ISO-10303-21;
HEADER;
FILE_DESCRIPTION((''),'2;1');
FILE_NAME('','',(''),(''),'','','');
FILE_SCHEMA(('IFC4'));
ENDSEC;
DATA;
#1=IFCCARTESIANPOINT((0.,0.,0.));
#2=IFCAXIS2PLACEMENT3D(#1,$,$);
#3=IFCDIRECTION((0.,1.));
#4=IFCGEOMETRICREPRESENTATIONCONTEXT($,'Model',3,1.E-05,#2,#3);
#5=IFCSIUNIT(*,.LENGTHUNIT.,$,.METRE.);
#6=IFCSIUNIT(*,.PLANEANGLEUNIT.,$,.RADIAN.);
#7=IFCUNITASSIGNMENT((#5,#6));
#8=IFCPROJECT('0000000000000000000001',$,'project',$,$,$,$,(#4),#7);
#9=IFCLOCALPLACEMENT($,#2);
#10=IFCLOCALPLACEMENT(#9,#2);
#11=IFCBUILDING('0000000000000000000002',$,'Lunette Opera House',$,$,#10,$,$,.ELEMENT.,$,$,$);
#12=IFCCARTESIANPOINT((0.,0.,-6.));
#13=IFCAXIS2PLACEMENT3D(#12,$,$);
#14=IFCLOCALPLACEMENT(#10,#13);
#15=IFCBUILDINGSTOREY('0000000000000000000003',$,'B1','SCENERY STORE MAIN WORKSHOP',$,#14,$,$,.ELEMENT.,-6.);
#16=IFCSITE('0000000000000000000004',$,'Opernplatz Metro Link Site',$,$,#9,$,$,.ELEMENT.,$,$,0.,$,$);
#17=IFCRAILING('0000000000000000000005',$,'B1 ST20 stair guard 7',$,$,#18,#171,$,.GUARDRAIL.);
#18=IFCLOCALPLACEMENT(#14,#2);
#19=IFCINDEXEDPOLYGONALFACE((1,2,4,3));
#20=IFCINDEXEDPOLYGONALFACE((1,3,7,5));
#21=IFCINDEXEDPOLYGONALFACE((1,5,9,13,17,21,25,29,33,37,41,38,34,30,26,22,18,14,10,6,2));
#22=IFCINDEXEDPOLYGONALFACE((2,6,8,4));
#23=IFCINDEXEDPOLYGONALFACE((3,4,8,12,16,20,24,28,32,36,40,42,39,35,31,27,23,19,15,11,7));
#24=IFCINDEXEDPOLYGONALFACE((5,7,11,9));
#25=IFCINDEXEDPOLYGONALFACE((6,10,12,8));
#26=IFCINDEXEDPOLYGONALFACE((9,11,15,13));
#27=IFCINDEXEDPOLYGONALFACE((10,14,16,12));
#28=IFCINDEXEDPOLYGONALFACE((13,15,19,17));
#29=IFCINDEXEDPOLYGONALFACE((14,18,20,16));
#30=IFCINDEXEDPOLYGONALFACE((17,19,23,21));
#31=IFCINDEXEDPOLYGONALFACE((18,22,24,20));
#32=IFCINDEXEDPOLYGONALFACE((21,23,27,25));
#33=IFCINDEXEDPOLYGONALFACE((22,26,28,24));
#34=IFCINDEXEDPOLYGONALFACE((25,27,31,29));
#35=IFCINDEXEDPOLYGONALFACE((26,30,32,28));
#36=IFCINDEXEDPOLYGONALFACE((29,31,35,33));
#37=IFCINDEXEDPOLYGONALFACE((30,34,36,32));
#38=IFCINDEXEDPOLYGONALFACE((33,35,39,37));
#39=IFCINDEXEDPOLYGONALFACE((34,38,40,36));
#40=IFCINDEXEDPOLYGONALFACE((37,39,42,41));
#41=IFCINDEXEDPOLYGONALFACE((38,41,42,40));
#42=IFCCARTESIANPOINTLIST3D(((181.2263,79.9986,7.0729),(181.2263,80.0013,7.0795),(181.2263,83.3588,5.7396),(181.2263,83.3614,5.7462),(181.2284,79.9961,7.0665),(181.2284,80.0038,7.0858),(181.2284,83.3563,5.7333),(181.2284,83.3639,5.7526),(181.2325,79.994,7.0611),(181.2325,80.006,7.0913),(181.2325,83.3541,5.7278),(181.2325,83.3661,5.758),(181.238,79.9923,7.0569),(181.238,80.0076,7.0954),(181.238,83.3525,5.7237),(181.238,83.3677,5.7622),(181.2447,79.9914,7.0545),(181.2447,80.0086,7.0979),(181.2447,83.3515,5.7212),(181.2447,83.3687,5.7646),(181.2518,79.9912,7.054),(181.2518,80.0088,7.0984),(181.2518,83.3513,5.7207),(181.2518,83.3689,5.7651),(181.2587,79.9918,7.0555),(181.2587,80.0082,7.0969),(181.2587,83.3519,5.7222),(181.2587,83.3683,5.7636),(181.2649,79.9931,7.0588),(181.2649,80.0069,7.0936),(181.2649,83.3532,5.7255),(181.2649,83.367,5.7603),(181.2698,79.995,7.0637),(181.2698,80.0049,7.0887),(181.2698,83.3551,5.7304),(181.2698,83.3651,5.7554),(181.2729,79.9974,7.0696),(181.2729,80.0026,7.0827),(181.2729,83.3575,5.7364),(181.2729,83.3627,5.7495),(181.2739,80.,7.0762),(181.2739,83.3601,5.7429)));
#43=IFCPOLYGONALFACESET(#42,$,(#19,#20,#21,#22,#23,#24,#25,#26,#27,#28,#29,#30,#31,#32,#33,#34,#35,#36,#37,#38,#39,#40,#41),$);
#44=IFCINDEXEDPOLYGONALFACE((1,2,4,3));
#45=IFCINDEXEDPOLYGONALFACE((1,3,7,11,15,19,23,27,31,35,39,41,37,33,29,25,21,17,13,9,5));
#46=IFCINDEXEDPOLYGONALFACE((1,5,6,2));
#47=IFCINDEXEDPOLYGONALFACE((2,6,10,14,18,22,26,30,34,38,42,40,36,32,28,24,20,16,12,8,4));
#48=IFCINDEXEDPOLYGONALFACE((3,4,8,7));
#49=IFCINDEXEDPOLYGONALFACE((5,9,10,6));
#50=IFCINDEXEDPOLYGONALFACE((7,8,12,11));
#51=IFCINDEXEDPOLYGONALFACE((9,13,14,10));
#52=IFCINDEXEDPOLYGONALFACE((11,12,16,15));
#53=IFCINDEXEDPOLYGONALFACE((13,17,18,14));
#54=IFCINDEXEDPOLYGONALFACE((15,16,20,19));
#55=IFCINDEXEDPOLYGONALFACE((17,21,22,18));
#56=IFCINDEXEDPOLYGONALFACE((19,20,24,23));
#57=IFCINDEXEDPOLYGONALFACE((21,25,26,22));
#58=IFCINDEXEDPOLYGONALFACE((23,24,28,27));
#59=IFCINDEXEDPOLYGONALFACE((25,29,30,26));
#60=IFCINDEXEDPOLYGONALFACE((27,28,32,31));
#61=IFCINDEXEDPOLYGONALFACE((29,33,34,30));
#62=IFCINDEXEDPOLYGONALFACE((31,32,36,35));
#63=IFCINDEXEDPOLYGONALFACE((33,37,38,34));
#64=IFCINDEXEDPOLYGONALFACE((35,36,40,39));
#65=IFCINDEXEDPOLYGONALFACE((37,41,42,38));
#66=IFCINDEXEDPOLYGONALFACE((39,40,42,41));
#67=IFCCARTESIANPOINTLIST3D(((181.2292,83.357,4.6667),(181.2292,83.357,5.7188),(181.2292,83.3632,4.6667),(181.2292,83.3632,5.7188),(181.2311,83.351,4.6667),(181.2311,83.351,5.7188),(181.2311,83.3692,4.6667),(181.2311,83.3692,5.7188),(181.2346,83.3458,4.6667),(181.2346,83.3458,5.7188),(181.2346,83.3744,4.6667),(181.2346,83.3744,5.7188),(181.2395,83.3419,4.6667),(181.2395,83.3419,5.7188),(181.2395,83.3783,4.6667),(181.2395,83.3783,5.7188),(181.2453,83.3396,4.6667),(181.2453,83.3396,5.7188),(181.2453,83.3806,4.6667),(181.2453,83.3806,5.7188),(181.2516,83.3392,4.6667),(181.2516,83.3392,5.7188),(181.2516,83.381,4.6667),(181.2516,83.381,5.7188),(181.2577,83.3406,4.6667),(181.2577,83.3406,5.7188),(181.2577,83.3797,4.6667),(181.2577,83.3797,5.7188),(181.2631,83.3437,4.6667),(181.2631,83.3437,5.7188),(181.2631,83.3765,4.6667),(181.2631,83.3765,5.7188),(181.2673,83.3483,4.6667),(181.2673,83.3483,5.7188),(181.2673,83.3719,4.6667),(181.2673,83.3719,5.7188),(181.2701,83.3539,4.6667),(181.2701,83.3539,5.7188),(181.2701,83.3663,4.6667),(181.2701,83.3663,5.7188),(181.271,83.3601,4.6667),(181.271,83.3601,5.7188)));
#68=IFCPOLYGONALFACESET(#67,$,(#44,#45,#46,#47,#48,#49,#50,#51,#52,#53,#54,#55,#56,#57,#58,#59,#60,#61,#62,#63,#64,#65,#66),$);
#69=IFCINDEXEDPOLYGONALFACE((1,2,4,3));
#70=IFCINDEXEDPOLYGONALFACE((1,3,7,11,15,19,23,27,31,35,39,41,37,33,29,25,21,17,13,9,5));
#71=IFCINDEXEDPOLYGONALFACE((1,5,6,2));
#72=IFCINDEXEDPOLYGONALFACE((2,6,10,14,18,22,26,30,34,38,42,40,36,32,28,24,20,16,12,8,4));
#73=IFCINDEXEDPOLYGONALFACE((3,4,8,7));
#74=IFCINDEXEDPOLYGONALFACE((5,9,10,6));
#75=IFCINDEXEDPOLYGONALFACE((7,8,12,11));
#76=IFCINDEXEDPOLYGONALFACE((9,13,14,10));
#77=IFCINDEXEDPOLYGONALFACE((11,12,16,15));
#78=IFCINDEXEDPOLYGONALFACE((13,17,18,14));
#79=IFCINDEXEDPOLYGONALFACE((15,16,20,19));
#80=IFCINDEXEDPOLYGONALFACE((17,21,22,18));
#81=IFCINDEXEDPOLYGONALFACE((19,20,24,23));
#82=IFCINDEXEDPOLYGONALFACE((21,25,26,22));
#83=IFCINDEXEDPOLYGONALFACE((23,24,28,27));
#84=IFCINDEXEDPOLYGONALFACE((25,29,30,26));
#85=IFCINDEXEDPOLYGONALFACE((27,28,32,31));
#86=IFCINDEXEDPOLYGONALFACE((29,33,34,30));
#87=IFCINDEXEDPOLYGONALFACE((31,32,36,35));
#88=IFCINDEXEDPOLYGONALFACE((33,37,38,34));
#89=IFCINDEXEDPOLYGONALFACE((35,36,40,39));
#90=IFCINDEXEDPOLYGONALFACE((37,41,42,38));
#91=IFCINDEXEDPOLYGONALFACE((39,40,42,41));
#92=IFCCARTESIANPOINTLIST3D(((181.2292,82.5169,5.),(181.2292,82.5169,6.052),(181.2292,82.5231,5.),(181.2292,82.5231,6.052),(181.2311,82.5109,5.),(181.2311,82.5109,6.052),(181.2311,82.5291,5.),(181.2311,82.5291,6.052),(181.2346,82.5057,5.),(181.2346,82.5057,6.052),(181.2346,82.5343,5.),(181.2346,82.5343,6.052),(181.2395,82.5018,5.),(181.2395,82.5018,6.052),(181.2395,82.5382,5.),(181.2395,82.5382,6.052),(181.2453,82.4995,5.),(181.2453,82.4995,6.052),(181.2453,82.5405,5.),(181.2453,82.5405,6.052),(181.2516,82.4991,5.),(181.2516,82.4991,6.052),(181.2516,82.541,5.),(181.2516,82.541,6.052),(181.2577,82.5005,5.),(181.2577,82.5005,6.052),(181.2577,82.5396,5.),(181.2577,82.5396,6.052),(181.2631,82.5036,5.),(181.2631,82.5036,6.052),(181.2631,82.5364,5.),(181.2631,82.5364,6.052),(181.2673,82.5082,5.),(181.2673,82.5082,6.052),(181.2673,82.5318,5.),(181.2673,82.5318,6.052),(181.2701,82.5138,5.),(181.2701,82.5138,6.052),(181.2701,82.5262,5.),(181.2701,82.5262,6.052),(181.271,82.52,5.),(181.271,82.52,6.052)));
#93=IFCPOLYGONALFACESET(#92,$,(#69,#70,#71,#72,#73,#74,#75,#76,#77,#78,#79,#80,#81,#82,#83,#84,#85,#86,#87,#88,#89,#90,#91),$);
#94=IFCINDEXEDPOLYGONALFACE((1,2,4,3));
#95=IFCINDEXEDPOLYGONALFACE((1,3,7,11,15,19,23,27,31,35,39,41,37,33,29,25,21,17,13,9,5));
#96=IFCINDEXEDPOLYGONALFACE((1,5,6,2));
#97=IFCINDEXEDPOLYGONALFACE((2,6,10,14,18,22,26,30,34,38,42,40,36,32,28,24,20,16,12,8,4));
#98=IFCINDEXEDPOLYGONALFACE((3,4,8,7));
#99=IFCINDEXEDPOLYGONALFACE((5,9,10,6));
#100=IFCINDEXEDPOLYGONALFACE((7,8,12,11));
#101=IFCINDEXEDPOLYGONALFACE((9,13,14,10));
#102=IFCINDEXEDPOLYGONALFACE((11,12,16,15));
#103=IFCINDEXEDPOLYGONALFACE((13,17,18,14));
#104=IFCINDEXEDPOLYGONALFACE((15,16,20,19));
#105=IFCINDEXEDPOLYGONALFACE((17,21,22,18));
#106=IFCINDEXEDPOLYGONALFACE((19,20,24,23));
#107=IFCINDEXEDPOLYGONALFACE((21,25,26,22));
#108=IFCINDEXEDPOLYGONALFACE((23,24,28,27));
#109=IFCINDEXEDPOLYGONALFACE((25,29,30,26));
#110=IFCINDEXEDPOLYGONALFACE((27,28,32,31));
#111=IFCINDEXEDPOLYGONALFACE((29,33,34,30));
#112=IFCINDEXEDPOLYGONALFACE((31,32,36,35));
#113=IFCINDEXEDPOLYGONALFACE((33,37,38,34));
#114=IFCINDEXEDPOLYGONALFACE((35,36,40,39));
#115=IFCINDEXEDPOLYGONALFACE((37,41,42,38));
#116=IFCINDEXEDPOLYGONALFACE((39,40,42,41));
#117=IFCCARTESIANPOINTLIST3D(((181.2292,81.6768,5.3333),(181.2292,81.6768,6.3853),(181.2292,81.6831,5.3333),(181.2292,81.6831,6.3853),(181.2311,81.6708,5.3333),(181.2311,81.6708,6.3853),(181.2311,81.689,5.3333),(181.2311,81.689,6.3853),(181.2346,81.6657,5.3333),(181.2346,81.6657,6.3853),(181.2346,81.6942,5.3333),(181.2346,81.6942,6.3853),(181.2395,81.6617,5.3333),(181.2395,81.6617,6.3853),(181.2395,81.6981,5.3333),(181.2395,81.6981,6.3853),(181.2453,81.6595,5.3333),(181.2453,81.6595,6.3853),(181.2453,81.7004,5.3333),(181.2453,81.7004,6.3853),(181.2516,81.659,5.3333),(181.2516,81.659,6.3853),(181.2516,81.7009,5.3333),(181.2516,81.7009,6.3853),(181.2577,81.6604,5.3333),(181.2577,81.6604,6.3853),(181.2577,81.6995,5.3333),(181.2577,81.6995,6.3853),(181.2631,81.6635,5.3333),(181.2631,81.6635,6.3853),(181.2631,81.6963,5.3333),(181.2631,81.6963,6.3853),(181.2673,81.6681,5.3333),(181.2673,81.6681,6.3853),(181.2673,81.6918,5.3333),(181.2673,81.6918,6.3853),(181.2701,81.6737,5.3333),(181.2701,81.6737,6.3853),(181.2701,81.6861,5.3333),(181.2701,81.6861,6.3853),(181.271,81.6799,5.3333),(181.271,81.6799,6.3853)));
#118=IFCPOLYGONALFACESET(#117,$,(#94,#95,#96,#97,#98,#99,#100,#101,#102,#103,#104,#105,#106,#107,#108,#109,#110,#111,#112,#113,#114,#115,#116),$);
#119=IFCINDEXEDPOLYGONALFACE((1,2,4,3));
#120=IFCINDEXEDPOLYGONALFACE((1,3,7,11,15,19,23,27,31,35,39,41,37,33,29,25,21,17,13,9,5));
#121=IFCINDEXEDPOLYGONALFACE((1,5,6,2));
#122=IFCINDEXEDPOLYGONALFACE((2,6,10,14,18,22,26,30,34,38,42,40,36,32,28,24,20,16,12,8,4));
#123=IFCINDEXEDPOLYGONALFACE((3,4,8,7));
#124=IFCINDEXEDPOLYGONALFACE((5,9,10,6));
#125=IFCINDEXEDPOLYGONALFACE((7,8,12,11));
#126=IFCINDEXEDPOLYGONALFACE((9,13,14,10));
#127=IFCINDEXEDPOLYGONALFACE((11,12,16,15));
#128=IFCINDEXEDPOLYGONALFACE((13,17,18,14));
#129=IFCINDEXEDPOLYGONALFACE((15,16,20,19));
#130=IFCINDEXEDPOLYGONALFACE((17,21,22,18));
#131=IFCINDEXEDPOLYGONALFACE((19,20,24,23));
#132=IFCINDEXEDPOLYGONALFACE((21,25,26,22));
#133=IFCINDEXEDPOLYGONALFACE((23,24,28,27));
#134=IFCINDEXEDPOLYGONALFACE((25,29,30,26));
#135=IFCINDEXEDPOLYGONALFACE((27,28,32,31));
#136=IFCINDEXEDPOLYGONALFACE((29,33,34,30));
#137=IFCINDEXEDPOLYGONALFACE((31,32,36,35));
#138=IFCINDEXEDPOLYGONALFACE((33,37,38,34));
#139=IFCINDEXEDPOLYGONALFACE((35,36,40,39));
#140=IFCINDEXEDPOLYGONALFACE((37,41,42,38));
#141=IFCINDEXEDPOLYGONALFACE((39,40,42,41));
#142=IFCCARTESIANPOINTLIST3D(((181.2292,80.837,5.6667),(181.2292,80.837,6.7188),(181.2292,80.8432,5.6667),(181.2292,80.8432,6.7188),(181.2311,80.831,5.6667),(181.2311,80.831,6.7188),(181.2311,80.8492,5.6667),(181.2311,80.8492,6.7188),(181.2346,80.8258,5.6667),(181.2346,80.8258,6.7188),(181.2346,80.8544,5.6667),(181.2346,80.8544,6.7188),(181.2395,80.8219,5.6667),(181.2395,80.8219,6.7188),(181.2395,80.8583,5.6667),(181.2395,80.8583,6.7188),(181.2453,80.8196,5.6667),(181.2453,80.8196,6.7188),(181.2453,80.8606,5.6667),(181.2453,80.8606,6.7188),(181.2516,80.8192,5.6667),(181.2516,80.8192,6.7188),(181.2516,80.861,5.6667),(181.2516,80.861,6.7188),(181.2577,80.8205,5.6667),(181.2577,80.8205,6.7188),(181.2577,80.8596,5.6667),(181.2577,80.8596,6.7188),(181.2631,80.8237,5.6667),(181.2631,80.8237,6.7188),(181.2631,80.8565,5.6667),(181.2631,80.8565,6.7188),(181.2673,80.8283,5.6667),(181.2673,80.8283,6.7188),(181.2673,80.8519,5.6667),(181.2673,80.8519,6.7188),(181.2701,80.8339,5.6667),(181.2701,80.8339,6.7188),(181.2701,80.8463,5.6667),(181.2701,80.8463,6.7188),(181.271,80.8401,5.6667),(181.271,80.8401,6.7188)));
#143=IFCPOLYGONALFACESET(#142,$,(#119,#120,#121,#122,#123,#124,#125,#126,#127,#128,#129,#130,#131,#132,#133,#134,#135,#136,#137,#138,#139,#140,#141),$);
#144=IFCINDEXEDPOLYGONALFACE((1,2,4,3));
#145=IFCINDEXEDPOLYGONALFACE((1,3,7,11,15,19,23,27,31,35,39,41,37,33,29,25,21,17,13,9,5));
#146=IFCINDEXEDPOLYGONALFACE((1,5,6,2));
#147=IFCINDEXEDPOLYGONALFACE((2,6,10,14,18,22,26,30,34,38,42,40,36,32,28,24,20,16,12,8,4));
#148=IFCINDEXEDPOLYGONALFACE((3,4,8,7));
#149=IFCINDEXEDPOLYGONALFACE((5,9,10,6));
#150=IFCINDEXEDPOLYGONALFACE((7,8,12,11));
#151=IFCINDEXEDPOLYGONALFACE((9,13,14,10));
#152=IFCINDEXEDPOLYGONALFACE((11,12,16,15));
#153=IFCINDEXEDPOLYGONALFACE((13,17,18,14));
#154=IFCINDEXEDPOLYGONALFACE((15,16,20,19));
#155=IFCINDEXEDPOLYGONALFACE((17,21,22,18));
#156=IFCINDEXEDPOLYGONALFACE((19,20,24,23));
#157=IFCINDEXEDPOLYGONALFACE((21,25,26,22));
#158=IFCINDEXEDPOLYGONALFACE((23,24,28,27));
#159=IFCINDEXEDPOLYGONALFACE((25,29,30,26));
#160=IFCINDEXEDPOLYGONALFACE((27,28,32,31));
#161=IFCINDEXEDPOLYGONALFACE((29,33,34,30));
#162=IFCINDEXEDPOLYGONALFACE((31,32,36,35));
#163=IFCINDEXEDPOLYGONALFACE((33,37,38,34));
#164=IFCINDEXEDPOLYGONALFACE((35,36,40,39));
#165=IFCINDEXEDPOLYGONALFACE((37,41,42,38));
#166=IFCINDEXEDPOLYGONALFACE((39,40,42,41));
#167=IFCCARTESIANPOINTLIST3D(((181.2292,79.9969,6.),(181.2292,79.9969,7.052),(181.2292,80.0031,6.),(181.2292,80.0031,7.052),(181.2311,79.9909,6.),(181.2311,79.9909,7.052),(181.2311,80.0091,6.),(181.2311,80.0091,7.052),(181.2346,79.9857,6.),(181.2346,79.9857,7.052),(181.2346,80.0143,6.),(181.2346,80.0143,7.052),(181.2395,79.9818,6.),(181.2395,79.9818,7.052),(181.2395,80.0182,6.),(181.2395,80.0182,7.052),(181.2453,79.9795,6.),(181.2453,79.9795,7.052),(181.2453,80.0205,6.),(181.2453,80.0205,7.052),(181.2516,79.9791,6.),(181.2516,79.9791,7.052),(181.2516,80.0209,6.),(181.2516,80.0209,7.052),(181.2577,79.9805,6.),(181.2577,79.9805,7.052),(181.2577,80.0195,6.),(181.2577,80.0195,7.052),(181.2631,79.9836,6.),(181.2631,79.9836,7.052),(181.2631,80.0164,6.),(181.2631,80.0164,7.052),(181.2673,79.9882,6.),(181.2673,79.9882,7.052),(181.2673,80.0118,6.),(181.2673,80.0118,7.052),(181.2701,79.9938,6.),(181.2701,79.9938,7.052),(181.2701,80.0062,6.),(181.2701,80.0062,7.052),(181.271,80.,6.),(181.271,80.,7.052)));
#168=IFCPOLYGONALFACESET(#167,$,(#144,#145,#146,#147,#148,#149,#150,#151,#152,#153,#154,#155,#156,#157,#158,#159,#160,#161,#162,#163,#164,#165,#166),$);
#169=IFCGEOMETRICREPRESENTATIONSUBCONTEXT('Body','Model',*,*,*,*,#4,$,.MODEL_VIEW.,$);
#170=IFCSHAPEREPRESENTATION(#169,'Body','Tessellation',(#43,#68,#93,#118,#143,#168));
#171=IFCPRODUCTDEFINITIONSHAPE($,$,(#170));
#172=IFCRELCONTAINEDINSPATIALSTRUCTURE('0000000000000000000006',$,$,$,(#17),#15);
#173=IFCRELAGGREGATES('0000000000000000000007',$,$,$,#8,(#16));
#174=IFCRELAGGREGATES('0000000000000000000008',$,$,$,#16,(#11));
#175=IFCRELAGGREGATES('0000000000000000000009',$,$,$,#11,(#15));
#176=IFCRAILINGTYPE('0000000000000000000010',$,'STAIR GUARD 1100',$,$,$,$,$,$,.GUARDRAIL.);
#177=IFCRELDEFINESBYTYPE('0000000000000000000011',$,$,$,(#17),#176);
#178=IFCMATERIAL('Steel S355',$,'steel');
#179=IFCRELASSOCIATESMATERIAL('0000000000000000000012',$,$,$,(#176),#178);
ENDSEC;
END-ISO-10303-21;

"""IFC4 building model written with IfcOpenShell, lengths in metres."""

from ifc_helpers import new_model, si_unit, direction, frame, origin, origin_2d, place, context, subcontext, project, spatial, circle, extrude, material, type_object, element, save


model = new_model("IFC4")

# Units and contexts
model_context = context("Model", 3, precision=1e-05, world=origin(), true_north=direction((0.0, 1.0)))
body_context = subcontext(model_context, "Body", "Model", "MODEL_VIEW")
ifc_project = project(units=[si_unit("LENGTHUNIT", "METRE"), si_unit("PLANEANGLEUNIT", "RADIAN")], contexts=[model_context])

# Site, building, storey
site_placement = place(None, origin())
site = spatial("IfcSite", under=ifc_project, at=site_placement, Name="Opernplatz Metro Link Site", CompositionType="ELEMENT", RefElevation=0.0)
building_placement = place(site_placement, origin())
building = spatial("IfcBuilding", under=site, at=building_placement, Name="Lunette Opera House", CompositionType="ELEMENT")
storey_placement = place(building_placement, frame((0.0, 0.0, -6.0)))
storey = spatial("IfcBuildingStorey", under=building, at=storey_placement, Name="B1", Description="SCENERY STORE MAIN WORKSHOP", CompositionType="ELEMENT", Elevation=-6.0)

# Railing
ifc_material_1 = material(Name="Steel S355", Category="steel")
railing_type_1 = type_object("IfcRailingType", Name="STAIR GUARD 1100", PredefinedType="GUARDRAIL", material=ifc_material_1)
railing_1_placement = place(storey_placement, frame((181.25, 83.3601, 4.6667)))
element("IfcRailing", 1, at=railing_1_placement, inside=storey, type_object=railing_type_1, Name="B1 ST20 stair guard 7", PredefinedType="GUARDRAIL", context=body_context, shape_type="SweptSolid", body=[
    extrude(circle(Radius=0.0239, at=origin_2d()), frame((0.0, 0.0, 1.0762), z_axis=(0.0, -0.929502, 0.368816), x_axis=(1.0, 0.0, 0.0)), (0.0, 0.0, 1.0), 3.615),
    extrude(circle(Radius=0.021, at=origin_2d()), origin(), (0.0, 0.0, 1.0), 1.052),
    extrude(circle(Radius=0.021, at=origin_2d()), frame((0.0, -0.8401, 0.3333)), (0.0, 0.0, 1.0), 1.052),
    extrude(circle(Radius=0.021, at=origin_2d()), frame((0.0, -1.6802, 0.6665)), (0.0, 0.0, 1.0), 1.052),
    extrude(circle(Radius=0.021, at=origin_2d()), frame((0.0, -2.52, 1.0)), (0.0, 0.0, 1.0), 1.052),
    extrude(circle(Radius=0.021, at=origin_2d()), frame((0.0, -3.3601, 1.3333)), (0.0, 0.0, 1.0), 1.052),
])

save(model, "model.ifc")
